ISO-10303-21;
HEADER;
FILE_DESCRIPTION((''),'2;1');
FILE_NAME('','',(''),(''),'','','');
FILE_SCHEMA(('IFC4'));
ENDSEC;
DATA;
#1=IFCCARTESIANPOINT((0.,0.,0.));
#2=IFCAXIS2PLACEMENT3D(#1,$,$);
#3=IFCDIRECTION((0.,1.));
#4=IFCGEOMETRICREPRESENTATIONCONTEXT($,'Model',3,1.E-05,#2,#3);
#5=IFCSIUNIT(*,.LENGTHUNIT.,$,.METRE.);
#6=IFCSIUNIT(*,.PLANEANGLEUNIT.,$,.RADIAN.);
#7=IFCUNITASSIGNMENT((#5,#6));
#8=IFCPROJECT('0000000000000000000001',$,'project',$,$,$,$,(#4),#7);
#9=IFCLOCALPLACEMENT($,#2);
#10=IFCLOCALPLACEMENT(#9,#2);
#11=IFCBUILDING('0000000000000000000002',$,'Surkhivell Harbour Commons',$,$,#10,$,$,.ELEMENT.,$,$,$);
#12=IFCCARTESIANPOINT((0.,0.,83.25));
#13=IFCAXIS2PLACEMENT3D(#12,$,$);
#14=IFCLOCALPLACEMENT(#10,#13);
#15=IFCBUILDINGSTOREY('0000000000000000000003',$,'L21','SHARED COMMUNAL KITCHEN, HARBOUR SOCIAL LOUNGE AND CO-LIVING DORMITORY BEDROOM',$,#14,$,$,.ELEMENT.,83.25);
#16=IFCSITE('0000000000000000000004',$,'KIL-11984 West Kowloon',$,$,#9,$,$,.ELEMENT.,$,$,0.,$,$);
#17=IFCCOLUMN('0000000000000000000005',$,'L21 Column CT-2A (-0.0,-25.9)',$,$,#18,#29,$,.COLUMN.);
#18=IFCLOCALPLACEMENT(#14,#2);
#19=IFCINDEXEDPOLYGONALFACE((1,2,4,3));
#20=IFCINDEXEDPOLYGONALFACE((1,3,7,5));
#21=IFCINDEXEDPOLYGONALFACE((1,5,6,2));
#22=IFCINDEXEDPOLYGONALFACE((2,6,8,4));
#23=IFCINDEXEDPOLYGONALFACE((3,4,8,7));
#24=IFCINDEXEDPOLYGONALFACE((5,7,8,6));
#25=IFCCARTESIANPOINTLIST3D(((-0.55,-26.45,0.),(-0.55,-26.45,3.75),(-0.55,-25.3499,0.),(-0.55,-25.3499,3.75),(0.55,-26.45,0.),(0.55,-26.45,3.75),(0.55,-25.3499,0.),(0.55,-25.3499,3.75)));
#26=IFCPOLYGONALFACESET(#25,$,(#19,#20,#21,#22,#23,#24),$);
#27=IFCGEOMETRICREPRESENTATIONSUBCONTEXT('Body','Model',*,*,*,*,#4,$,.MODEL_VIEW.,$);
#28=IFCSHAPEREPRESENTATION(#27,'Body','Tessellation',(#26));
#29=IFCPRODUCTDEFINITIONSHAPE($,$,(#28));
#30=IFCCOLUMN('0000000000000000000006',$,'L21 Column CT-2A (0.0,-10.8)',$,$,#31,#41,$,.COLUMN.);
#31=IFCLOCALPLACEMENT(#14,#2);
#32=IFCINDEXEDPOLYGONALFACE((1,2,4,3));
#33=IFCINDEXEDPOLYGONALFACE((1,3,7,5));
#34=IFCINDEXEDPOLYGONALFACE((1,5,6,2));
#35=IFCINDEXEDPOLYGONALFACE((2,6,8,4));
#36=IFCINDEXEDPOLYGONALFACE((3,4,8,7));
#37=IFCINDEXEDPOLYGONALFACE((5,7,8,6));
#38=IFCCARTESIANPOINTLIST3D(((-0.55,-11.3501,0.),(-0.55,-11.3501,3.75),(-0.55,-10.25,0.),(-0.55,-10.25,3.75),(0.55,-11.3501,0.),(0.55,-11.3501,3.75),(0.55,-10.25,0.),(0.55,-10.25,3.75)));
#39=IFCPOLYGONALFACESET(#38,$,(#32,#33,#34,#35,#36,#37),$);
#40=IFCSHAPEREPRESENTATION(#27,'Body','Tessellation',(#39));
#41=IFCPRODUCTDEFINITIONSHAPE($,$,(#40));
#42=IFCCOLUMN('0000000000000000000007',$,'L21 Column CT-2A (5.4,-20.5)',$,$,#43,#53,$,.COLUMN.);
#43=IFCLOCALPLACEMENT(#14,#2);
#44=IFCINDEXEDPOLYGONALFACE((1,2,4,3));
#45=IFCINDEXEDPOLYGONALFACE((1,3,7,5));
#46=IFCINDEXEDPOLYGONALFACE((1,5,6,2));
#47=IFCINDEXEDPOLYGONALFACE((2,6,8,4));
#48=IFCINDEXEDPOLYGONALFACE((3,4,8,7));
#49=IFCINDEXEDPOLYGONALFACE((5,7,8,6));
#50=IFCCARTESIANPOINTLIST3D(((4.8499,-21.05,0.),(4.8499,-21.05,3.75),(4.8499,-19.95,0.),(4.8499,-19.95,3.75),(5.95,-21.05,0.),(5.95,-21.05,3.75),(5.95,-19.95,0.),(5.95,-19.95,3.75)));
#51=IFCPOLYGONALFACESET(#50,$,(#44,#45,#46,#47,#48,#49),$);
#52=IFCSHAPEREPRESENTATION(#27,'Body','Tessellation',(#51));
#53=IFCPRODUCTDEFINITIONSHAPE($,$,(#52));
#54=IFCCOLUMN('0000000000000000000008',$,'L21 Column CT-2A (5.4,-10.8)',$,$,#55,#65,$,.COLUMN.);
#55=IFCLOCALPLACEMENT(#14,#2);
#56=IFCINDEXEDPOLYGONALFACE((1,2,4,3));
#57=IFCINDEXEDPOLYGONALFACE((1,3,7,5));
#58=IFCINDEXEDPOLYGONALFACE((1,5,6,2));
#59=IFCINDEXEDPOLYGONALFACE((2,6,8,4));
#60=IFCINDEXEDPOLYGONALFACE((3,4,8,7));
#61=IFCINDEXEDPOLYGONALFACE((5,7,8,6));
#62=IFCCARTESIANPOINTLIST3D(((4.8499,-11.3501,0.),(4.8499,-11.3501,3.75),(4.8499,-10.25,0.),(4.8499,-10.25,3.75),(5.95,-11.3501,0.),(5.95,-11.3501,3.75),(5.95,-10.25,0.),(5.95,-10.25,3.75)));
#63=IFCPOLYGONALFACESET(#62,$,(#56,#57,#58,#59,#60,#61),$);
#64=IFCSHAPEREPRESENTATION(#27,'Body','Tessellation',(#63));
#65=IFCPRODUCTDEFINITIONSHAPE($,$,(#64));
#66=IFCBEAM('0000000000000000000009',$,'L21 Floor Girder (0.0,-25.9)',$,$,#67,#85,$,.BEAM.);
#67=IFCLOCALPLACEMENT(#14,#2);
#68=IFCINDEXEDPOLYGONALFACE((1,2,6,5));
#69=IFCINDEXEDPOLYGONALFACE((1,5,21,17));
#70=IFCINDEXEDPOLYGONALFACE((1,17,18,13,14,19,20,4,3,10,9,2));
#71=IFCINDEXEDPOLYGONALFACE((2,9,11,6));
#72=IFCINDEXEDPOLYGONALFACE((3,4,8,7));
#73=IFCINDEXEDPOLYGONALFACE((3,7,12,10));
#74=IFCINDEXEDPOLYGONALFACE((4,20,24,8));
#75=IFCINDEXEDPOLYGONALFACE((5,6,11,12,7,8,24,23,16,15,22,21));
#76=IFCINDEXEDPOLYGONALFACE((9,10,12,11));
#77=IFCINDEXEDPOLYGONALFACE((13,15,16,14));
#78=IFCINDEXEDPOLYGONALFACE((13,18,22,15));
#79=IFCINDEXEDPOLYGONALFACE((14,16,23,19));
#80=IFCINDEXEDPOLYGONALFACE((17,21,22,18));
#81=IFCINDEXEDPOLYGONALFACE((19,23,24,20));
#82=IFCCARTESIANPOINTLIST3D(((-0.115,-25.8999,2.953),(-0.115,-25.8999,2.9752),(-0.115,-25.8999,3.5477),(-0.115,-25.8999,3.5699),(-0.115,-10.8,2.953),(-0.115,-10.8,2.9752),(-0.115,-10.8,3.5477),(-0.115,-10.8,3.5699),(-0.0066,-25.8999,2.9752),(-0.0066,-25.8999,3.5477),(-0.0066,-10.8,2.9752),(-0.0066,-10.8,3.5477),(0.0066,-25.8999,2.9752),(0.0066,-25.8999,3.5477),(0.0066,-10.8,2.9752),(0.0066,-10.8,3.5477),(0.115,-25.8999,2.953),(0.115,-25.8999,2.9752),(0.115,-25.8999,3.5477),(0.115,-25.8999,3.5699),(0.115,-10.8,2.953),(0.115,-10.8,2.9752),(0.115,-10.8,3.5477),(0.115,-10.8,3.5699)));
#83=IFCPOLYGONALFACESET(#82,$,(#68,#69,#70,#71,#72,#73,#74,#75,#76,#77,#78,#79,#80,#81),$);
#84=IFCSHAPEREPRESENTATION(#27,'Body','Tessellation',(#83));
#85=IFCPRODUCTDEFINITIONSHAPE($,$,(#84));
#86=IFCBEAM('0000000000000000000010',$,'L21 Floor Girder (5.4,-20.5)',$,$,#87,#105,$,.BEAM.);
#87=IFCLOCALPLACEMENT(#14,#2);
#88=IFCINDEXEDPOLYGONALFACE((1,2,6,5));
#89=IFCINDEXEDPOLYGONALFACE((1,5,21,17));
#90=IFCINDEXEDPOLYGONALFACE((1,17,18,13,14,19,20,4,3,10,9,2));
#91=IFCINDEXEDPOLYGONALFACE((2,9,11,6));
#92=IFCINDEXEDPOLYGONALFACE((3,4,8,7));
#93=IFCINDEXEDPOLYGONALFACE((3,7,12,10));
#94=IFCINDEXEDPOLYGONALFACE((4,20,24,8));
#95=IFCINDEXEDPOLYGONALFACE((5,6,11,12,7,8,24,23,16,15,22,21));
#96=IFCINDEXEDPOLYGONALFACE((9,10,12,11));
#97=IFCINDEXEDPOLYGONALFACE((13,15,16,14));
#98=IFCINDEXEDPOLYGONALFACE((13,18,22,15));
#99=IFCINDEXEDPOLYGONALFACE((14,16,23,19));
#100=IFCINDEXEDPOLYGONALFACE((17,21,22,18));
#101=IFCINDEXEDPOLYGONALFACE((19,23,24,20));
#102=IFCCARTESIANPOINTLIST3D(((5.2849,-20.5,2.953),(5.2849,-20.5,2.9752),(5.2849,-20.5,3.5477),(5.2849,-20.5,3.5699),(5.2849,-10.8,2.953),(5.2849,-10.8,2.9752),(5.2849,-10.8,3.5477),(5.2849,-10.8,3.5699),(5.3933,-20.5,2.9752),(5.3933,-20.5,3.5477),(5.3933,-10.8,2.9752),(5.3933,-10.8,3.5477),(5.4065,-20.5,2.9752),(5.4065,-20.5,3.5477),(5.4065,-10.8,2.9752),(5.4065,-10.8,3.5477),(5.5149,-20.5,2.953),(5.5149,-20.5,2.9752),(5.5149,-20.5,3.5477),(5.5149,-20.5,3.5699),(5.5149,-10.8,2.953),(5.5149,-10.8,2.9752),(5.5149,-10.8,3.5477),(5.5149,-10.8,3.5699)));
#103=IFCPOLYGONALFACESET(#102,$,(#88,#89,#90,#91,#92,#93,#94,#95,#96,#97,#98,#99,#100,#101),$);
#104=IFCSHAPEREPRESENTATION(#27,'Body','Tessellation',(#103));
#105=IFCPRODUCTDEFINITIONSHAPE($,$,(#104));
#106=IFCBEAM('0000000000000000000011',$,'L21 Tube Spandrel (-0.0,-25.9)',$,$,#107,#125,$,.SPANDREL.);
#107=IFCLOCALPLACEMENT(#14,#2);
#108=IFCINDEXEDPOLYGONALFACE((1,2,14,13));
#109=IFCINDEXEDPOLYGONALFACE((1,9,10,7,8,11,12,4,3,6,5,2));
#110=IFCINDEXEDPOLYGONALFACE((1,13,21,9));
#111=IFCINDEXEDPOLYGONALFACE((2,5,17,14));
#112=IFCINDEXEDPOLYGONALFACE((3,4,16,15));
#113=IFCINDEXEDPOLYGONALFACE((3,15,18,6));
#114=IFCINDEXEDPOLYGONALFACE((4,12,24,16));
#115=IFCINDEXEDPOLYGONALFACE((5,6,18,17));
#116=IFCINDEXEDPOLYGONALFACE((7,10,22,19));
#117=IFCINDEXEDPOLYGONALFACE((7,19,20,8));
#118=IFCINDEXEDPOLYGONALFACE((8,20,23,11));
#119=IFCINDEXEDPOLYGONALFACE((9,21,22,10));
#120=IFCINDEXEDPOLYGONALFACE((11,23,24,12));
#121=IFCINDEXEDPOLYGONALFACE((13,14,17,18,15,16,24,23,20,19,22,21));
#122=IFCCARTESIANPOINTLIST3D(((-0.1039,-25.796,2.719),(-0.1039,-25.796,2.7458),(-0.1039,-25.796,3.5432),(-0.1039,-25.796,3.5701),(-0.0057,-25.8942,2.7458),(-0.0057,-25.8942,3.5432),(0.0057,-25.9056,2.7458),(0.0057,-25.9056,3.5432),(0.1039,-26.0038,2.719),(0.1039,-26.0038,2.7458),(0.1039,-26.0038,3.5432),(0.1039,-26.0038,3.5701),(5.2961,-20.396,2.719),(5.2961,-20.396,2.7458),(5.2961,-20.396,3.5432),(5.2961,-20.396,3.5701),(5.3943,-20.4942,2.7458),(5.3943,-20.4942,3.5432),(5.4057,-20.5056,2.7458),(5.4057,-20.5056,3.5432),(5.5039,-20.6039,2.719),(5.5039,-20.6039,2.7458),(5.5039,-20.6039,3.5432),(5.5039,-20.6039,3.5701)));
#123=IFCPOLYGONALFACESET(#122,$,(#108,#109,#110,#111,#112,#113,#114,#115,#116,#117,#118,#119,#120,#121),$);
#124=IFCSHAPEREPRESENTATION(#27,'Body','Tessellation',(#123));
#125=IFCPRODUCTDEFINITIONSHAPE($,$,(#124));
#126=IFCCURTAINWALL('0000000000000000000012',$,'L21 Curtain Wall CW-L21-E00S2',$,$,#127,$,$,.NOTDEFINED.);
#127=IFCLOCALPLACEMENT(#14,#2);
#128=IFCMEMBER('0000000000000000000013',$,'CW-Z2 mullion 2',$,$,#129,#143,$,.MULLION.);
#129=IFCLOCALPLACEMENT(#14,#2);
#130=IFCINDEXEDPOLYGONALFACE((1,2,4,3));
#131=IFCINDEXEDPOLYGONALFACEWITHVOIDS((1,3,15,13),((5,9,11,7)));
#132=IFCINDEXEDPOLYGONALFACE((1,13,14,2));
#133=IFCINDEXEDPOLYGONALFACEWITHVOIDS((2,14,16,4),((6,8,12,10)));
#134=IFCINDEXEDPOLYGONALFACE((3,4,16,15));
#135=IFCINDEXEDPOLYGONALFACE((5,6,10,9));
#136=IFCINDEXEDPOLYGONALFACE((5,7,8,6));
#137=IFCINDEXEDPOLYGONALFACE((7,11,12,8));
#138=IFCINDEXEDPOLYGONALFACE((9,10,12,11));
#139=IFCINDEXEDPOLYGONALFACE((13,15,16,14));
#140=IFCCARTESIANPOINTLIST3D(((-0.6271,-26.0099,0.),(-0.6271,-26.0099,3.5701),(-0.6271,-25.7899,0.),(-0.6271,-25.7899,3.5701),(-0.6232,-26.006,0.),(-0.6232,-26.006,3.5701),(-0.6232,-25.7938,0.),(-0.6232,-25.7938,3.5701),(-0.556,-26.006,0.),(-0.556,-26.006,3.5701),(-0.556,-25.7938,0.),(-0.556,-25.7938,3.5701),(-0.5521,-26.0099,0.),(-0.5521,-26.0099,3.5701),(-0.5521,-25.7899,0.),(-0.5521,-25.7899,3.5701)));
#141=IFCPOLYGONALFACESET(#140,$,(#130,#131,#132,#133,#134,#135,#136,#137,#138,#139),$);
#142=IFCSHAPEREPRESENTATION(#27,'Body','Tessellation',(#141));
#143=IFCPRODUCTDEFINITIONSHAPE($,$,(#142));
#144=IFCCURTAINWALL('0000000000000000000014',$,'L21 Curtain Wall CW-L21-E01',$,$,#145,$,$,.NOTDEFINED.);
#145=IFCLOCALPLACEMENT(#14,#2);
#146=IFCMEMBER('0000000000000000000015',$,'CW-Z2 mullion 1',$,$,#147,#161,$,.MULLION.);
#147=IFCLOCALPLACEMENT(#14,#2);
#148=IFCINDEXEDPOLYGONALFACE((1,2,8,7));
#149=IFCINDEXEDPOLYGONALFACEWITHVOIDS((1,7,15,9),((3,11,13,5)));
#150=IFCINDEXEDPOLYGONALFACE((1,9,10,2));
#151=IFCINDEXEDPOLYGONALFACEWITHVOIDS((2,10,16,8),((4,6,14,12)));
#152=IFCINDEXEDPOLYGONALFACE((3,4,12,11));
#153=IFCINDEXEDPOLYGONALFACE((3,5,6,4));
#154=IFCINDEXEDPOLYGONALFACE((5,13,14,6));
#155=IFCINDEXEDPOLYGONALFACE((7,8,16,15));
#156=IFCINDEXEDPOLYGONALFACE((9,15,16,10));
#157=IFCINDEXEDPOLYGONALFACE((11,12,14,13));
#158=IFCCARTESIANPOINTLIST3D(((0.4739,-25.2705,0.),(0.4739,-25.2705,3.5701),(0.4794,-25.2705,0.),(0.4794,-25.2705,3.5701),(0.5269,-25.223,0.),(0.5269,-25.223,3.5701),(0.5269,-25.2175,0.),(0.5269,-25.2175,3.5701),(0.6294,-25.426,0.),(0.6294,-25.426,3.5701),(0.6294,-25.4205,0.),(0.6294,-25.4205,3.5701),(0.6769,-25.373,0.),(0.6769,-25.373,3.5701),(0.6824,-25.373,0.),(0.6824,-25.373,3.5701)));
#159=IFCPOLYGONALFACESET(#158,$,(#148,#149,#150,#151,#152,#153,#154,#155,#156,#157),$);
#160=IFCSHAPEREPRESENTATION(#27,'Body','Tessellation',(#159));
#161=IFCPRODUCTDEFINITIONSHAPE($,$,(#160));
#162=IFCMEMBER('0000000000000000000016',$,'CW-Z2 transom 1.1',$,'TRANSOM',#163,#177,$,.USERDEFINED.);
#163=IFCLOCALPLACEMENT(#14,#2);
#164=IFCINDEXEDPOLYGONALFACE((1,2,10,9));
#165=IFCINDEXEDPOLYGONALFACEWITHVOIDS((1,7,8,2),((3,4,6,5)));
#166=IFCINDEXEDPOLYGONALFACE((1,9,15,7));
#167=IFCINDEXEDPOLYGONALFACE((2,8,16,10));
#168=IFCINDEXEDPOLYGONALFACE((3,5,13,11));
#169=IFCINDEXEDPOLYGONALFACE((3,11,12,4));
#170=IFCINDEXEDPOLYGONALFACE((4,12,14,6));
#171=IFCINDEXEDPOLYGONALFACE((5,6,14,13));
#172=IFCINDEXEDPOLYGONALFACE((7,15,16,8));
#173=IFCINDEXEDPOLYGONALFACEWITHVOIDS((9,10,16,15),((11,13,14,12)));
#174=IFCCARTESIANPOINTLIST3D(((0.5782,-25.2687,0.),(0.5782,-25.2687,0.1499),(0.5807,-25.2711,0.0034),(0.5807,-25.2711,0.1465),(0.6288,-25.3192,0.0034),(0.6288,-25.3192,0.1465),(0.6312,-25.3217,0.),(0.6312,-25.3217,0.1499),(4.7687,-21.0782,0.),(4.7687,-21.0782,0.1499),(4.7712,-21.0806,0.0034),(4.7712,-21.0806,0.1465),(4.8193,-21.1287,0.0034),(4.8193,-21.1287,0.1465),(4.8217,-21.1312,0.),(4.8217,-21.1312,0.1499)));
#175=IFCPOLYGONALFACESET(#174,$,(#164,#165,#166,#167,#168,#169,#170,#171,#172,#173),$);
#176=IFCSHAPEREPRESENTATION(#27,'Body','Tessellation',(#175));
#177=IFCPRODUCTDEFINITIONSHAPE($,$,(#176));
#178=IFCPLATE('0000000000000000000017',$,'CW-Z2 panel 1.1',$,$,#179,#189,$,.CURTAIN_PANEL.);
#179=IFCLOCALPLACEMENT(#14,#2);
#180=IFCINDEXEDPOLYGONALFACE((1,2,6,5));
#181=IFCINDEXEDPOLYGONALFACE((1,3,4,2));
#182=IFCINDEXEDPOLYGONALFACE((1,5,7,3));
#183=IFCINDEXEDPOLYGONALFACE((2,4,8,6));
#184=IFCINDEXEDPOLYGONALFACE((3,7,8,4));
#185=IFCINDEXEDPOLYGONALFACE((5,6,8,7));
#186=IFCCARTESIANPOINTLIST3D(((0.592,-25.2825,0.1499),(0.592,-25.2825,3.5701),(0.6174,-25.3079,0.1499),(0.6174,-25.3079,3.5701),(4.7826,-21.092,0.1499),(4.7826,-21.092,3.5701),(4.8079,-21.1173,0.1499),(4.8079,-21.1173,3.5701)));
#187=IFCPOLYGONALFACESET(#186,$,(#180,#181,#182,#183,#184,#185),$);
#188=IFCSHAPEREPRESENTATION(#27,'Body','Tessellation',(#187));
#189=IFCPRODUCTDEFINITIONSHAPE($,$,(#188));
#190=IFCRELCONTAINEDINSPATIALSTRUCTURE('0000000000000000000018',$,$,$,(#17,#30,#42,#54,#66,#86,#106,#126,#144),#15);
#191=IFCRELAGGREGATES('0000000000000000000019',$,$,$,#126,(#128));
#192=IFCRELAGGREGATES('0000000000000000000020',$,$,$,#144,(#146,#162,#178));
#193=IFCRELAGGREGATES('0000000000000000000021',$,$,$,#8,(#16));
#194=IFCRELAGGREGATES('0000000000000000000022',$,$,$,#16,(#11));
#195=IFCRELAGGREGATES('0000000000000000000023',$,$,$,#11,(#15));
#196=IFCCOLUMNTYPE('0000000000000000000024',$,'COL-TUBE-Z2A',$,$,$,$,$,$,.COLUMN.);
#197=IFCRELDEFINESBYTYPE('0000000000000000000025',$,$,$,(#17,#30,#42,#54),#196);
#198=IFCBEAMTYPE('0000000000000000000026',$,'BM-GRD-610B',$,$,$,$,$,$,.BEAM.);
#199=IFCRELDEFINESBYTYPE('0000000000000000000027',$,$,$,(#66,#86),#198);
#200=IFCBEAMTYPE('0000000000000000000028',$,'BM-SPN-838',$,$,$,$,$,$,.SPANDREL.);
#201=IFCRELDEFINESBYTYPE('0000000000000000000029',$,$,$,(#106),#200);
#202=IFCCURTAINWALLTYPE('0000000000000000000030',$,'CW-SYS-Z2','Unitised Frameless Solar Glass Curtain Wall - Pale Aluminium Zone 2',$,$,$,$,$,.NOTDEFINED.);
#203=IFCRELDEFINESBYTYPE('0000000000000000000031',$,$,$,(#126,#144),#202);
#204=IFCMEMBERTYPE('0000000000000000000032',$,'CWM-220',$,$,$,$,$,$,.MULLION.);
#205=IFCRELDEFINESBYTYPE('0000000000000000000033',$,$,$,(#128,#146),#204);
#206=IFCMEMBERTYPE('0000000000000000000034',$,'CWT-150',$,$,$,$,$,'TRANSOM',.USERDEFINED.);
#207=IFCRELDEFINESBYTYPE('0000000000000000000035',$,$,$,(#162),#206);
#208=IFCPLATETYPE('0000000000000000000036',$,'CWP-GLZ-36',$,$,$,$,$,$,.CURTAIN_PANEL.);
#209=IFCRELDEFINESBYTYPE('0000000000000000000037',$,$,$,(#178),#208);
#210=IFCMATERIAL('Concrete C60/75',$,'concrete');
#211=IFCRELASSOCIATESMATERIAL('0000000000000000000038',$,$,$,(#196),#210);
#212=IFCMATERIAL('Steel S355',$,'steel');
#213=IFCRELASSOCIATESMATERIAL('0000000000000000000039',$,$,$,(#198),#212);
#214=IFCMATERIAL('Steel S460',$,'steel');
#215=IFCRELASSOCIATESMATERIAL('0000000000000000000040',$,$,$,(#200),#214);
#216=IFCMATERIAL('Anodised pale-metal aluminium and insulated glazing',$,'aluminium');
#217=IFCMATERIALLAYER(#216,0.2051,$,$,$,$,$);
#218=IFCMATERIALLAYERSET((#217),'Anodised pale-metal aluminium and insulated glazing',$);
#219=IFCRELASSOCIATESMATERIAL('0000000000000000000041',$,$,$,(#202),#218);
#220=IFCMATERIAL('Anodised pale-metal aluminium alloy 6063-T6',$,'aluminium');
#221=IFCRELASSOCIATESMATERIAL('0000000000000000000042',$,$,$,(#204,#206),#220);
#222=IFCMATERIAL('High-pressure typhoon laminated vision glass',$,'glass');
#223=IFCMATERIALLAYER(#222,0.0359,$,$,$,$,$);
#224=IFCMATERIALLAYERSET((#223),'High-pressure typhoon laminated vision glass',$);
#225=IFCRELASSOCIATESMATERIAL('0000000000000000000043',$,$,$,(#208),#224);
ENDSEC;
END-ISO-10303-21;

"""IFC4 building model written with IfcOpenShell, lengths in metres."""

from ifc_helpers import new_model, si_unit, direction, frame, frame_2d, origin, origin_2d, place, context, subcontext, project, spatial, rectangle, hollow_rectangle, i_section, extrude, material, layer, layer_set, material_profile, profile_set, type_object, element, aggregate, save


model = new_model("IFC4")

# Units and contexts
model_context = context("Model", 3, precision=1e-05, world=origin(), true_north=direction((0.0, 1.0)))
body_context = subcontext(model_context, "Body", "Model", "MODEL_VIEW")
ifc_project = project(units=[si_unit("LENGTHUNIT", "METRE"), si_unit("PLANEANGLEUNIT", "RADIAN")], contexts=[model_context])

# Site, building, storey
site_placement = place(None, origin())
site = spatial("IfcSite", under=ifc_project, at=site_placement, Name="KIL-11984 West Kowloon", CompositionType="ELEMENT", RefElevation=0.0)
building_placement = place(site_placement, origin())
building = spatial("IfcBuilding", under=site, at=building_placement, Name="Surkhivell Harbour Commons", CompositionType="ELEMENT")
storey_placement = place(building_placement, frame((0.0, 0.0, 83.25)))
storey = spatial("IfcBuildingStorey", under=building, at=storey_placement, Name="L21", Description="SHARED COMMUNAL KITCHEN, HARBOUR SOCIAL LOUNGE AND CO-LIVING DORMITORY BEDROOM", CompositionType="ELEMENT", Elevation=83.25)

# Columns
ifc_material_1 = material(Name="Concrete C60/75", Category="concrete")
ifc_material_profile_1 = material_profile(ifc_material_1, rectangle(XDim=1.1001, YDim=1.1001, at=origin_2d()), Name="RC-COL-1100x1100")
ifc_profile_set_1 = profile_set([ifc_material_profile_1], Name="Concrete C60/75")
column_type = type_object("IfcColumnType", Name="COL-TUBE-Z2A", PredefinedType="COLUMN", material=ifc_profile_set_1)
for number, where, z_axis, x_axis, name in (
    (1, (0.0, -25.8999, 0.0), (0.0, 0.0, 1.0), (1.0, 0.0, 0.0), "L21 Column CT-2A (-0.0,-25.9)"),
    (2, (0.0, -10.8, 0.0), (0.0, 0.0, 1.0), (1.0, 0.0, 0.0), "L21 Column CT-2A (0.0,-10.8)"),
    (3, (5.3999, -20.5, 0.0), (0.0, 0.0, 1.0), (1.0, 0.0, 0.0), "L21 Column CT-2A (5.4,-20.5)"),
    (4, (5.3999, -10.8, 0.0), (0.0, 0.0, 1.0), (1.0, 0.0, 0.0), "L21 Column CT-2A (5.4,-10.8)"),
):
    element("IfcColumn", number, at=place(storey_placement, frame(where, z_axis=z_axis, x_axis=x_axis)), inside=storey, type_object=column_type, Name=name, PredefinedType="COLUMN", context=body_context, shape_type="SweptSolid", body=[
        extrude(rectangle(XDim=1.1001, YDim=1.1001, at=origin_2d()), origin(), (0.0, 0.0, 1.0), 3.75),
    ])

# Beams
ifc_material_2 = material(Name="Steel S355", Category="steel")
ifc_material_profile_2 = material_profile(ifc_material_2, i_section(OverallWidth=0.23, OverallDepth=0.6169, WebThickness=0.0132, FlangeThickness=0.0222, at=origin_2d()), Name="UB610x229x140")
ifc_profile_set_2 = profile_set([ifc_material_profile_2], Name="Steel S355")
beam_type_1 = type_object("IfcBeamType", Name="BM-GRD-610B", PredefinedType="BEAM", material=ifc_profile_set_2)
beam_1_placement = place(storey_placement, frame((0.0, -25.8999, 3.2615), z_axis=(0.0, 1.0, 0.0), x_axis=(-1.0, 0.0, 0.0)))
element("IfcBeam", 5, at=beam_1_placement, inside=storey, type_object=beam_type_1, Name="L21 Floor Girder (0.0,-25.9)", PredefinedType="BEAM", context=body_context, shape_type="SweptSolid", body=[
    extrude(i_section(OverallWidth=0.23, OverallDepth=0.6169, WebThickness=0.0132, FlangeThickness=0.0222, at=origin_2d()), origin(), (0.0, 0.0, 1.0), 15.0999),
])
beam_2_placement = place(storey_placement, frame((5.3999, -20.5, 3.2615), z_axis=(0.0, 1.0, 0.0), x_axis=(-1.0, 0.0, 0.0)))
element("IfcBeam", 6, at=beam_2_placement, inside=storey, type_object=beam_type_1, Name="L21 Floor Girder (5.4,-20.5)", PredefinedType="BEAM", context=body_context, shape_type="SweptSolid", body=[
    extrude(i_section(OverallWidth=0.23, OverallDepth=0.6169, WebThickness=0.0132, FlangeThickness=0.0222, at=origin_2d()), origin(), (0.0, 0.0, 1.0), 9.7),
])
ifc_material_3 = material(Name="Steel S460", Category="steel")
ifc_material_profile_3 = material_profile(ifc_material_3, i_section(OverallWidth=0.2939, OverallDepth=0.8511, WebThickness=0.0161, FlangeThickness=0.0269, at=origin_2d()), Name="UB838x292x226")
ifc_profile_set_3 = profile_set([ifc_material_profile_3], Name="Steel S460")
beam_type_2 = type_object("IfcBeamType", Name="BM-SPN-838", PredefinedType="SPANDREL", material=ifc_profile_set_3)
beam_3_placement = place(storey_placement, frame((0.0, -25.8999, 3.1445), z_axis=(0.707107, 0.707107, 0.0), x_axis=(-0.707107, 0.707107, 0.0)))
element("IfcBeam", 7, at=beam_3_placement, inside=storey, type_object=beam_type_2, Name="L21 Tube Spandrel (-0.0,-25.9)", PredefinedType="SPANDREL", context=body_context, shape_type="SweptSolid", body=[
    extrude(i_section(OverallWidth=0.2939, OverallDepth=0.8511, WebThickness=0.0161, FlangeThickness=0.0269, at=origin_2d()), origin(), (0.0, 0.0, 1.0), 7.6367),
])

# Curtain wall, member
ifc_material_4 = material(Name="Anodised pale-metal aluminium and insulated glazing", Category="aluminium")
ifc_layer_1 = layer(ifc_material_4, 0.2051)
ifc_layer_set_1 = layer_set([ifc_layer_1], Name="Anodised pale-metal aluminium and insulated glazing")
curtain_wall_type = type_object("IfcCurtainWallType", Name="CW-SYS-Z2", Description="Unitised Frameless Solar Glass Curtain Wall - Pale Aluminium Zone 2", PredefinedType="NOTDEFINED", material=ifc_layer_set_1)
curtain_wall_1_placement = place(storey_placement, origin())
curtain_wall_1 = element("IfcCurtainWall", 8, at=curtain_wall_1_placement, inside=storey, type_object=curtain_wall_type, Name="L21 Curtain Wall CW-L21-E00S2", PredefinedType="NOTDEFINED")
ifc_material_5 = material(Name="Anodised pale-metal aluminium alloy 6063-T6", Category="aluminium")
ifc_material_profile_4 = material_profile(ifc_material_5, hollow_rectangle(XDim=0.075, YDim=0.22, WallThickness=0.0039, at=origin_2d()), Name="ALU-MULL-75x220")
ifc_profile_set_4 = profile_set([ifc_material_profile_4], Name="Anodised pale-metal aluminium alloy 6063-T6")
member_type_1 = type_object("IfcMemberType", Name="CWM-220", PredefinedType="MULLION", material=ifc_profile_set_4)
member_1_placement = place(storey_placement, frame((-0.5896, -25.8999, 0.0), z_axis=(0.0, 0.0, 1.0), x_axis=(1.0, 0.0, 0.0)))
member_1 = element("IfcMember", 9, at=member_1_placement, type_object=member_type_1, Name="CW-Z2 mullion 2", PredefinedType="MULLION", context=body_context, shape_type="SweptSolid", body=[
    extrude(hollow_rectangle(XDim=0.075, YDim=0.22, WallThickness=0.0039, at=origin_2d()), origin(), (0.0, 0.0, 1.0), 3.5701),
])
aggregate(curtain_wall_1, [member_1])

# Curtain wall, members, plate
curtain_wall_2_placement = place(storey_placement, origin())
curtain_wall_2 = element("IfcCurtainWall", 10, at=curtain_wall_2_placement, inside=storey, type_object=curtain_wall_type, Name="L21 Curtain Wall CW-L21-E01", PredefinedType="NOTDEFINED")
member_2_placement = place(storey_placement, frame((0.5781, -25.3218, 0.0), z_axis=(0.0, 0.0, 1.0), x_axis=(0.707107, 0.707107, 0.0)))
member_2 = element("IfcMember", 11, at=member_2_placement, type_object=member_type_1, Name="CW-Z2 mullion 1", PredefinedType="MULLION", context=body_context, shape_type="SweptSolid", body=[
    extrude(hollow_rectangle(XDim=0.075, YDim=0.22, WallThickness=0.0039, at=origin_2d()), origin(), (0.0, 0.0, 1.0), 3.5701),
])
ifc_material_profile_5 = material_profile(ifc_material_5, hollow_rectangle(XDim=0.075, YDim=0.1499, WallThickness=0.0034, at=origin_2d()), Name="ALU-TRAN-75x150")
ifc_profile_set_5 = profile_set([ifc_material_profile_5], Name="Anodised pale-metal aluminium alloy 6063-T6")
member_type_2 = type_object("IfcMemberType", Name="CWT-150", ElementType="TRANSOM", PredefinedType="USERDEFINED", material=ifc_profile_set_5)
member_3_placement = place(storey_placement, frame((0.6047, -25.2952, 0.075), z_axis=(0.707107, 0.707107, 0.0), x_axis=(-0.707107, 0.707107, 0.0)))
member_3 = element("IfcMember", 12, at=member_3_placement, type_object=member_type_2, Name="CW-Z2 transom 1.1", ObjectType="TRANSOM", PredefinedType="USERDEFINED", context=body_context, shape_type="SweptSolid", body=[
    extrude(hollow_rectangle(XDim=0.075, YDim=0.1499, WallThickness=0.0034, at=origin_2d()), origin(), (0.0, 0.0, 1.0), 5.9263),
])
ifc_material_6 = material(Name="High-pressure typhoon laminated vision glass", Category="glass")
ifc_layer_2 = layer(ifc_material_6, 0.0359)
ifc_layer_set_2 = layer_set([ifc_layer_2], Name="High-pressure typhoon laminated vision glass")
plate_type = type_object("IfcPlateType", Name="CWP-GLZ-36", PredefinedType="CURTAIN_PANEL", material=ifc_layer_set_2)
plate_placement = place(storey_placement, frame((0.6047, -25.2952, 0.1499), z_axis=(0.0, 0.0, 1.0), x_axis=(0.707107, 0.707107, 0.0)))
plate = element("IfcPlate", 13, at=plate_placement, type_object=plate_type, Name="CW-Z2 panel 1.1", PredefinedType="CURTAIN_PANEL", context=body_context, shape_type="SweptSolid", body=[
    extrude(rectangle(XDim=5.9263, YDim=0.0359, at=frame_2d((2.9631, 0.0))), origin(), (0.0, 0.0, 1.0), 3.4202),
])
aggregate(curtain_wall_2, [member_2, member_3, plate])

save(model, "model.ifc")
